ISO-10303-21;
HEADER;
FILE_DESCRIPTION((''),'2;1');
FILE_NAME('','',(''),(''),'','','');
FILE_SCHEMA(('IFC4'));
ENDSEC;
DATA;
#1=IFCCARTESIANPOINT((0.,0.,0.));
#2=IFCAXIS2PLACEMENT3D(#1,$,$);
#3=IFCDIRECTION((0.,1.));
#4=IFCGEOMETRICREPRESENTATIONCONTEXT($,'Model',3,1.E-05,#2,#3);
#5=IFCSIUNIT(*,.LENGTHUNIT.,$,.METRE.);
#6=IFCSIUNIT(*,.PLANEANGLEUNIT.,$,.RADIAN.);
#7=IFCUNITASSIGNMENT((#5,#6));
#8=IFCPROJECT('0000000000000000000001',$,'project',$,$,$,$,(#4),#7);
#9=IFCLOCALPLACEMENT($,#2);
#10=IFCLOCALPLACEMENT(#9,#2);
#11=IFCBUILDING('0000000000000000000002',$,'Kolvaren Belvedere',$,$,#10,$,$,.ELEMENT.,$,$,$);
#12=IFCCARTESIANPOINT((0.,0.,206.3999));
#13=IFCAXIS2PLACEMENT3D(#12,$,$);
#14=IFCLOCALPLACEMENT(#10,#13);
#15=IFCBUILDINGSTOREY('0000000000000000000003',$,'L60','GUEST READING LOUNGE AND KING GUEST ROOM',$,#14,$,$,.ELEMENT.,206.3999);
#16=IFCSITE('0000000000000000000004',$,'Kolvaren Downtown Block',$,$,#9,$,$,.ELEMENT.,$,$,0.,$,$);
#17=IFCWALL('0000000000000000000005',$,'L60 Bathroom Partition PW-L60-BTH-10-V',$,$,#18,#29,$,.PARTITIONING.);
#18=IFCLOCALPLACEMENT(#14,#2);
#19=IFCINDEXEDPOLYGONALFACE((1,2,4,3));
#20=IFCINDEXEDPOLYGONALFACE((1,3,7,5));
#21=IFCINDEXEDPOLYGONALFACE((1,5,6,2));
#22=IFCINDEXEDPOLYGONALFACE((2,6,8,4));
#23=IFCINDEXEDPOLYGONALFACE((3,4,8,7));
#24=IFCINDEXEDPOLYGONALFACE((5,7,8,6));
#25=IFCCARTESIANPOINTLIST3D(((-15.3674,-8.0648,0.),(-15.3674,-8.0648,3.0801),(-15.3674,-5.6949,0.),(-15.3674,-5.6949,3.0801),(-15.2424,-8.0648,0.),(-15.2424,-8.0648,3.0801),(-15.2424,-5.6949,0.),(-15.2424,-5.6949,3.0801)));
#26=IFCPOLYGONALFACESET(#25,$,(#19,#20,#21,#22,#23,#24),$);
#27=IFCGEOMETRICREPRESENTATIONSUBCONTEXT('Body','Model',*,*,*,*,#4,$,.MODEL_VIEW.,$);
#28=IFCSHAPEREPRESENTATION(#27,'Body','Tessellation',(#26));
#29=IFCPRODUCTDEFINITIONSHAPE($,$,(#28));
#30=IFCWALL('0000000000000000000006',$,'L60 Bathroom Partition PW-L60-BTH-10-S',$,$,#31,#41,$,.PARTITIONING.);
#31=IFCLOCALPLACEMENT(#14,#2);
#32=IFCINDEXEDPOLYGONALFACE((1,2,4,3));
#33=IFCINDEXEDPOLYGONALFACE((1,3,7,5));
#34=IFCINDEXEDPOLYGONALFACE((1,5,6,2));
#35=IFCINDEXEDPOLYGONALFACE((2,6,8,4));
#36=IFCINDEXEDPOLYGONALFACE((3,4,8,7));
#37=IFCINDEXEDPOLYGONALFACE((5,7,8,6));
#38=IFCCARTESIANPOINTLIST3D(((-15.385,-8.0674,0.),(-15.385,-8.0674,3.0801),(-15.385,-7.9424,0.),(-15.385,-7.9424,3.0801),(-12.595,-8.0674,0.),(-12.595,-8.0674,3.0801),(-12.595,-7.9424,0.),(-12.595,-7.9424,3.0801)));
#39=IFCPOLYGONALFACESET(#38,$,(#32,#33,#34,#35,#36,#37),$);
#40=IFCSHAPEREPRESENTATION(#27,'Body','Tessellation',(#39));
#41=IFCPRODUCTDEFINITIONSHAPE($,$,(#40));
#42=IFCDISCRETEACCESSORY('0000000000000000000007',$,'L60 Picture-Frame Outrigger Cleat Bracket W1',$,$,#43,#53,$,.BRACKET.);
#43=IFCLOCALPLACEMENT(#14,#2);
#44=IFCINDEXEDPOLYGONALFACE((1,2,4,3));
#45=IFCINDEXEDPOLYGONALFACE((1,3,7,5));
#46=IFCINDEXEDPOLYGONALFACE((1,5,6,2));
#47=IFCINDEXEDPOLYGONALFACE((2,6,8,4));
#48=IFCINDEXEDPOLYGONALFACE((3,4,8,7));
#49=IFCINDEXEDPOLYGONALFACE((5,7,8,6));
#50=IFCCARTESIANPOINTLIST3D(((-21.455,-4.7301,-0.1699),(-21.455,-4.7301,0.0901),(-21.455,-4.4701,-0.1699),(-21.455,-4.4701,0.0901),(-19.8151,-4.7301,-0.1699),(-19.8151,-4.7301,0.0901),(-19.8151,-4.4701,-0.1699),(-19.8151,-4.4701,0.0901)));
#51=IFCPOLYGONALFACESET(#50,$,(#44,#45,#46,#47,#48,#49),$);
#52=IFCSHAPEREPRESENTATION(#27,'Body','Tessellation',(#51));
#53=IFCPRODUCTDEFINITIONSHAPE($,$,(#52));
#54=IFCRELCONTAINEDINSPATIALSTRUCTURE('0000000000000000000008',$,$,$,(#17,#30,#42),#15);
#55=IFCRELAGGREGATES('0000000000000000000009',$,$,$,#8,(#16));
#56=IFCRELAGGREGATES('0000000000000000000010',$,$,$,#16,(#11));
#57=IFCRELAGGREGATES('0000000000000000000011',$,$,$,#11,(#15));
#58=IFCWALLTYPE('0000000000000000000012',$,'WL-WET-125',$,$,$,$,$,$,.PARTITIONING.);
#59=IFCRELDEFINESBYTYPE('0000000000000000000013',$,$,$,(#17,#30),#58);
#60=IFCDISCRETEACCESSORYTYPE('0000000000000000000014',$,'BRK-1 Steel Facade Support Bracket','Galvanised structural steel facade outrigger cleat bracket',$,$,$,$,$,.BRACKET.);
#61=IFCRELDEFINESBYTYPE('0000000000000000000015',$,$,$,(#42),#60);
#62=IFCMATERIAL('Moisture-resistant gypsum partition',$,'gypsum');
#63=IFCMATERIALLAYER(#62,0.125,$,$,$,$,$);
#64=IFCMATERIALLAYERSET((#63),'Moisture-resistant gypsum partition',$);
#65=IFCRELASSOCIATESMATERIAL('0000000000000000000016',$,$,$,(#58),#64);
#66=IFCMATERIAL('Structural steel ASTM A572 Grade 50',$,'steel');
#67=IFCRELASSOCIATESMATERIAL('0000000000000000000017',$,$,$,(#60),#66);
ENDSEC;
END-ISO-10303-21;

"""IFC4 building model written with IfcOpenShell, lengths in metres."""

from ifc_helpers import new_model, si_unit, direction, frame, frame_2d, origin, origin_2d, place, context, subcontext, project, spatial, rectangle, extrude, material, layer, layer_set, type_object, element, save


model = new_model("IFC4")

# Units and contexts
model_context = context("Model", 3, precision=1e-05, world=origin(), true_north=direction((0.0, 1.0)))
body_context = subcontext(model_context, "Body", "Model", "MODEL_VIEW")
ifc_project = project(units=[si_unit("LENGTHUNIT", "METRE"), si_unit("PLANEANGLEUNIT", "RADIAN")], contexts=[model_context])

# Site, building, storey
site_placement = place(None, origin())
site = spatial("IfcSite", under=ifc_project, at=site_placement, Name="Kolvaren Downtown Block", CompositionType="ELEMENT", RefElevation=0.0)
building_placement = place(site_placement, origin())
building = spatial("IfcBuilding", under=site, at=building_placement, Name="Kolvaren Belvedere", CompositionType="ELEMENT")
storey_placement = place(building_placement, frame((0.0, 0.0, 206.3999)))
storey = spatial("IfcBuildingStorey", under=building, at=storey_placement, Name="L60", Description="GUEST READING LOUNGE AND KING GUEST ROOM", CompositionType="ELEMENT", Elevation=206.3999)

# Shared definitions
ifc_material_1 = material(Name="Moisture-resistant gypsum partition", Category="gypsum")
ifc_layer_1 = layer(ifc_material_1, 0.125)
ifc_layer_set_1 = layer_set([ifc_layer_1], Name="Moisture-resistant gypsum partition")
wall_type_1 = type_object("IfcWallType", Name="WL-WET-125", PredefinedType="PARTITIONING", material=ifc_layer_set_1)

# Walls
wall_1_placement = place(storey_placement, frame((-15.3049, -8.0649, 0.0), z_axis=(0.0, 0.0, 1.0), x_axis=(0.0, 1.0, 0.0)))
element("IfcWall", 1, at=wall_1_placement, inside=storey, type_object=wall_type_1, Name="L60 Bathroom Partition PW-L60-BTH-10-V", PredefinedType="PARTITIONING", context=body_context, shape_type="SweptSolid", body=[
    extrude(rectangle(XDim=2.3699, YDim=0.125, at=frame_2d((1.1851, 0.0))), origin(), (0.0, 0.0, 1.0), 3.0801),
])
wall_2_placement = place(storey_placement, frame((-15.385, -8.0049, 0.0), z_axis=(0.0, 0.0, 1.0), x_axis=(1.0, 0.0, 0.0)))
element("IfcWall", 2, at=wall_2_placement, inside=storey, type_object=wall_type_1, Name="L60 Bathroom Partition PW-L60-BTH-10-S", PredefinedType="PARTITIONING", context=body_context, shape_type="SweptSolid", body=[
    extrude(rectangle(XDim=2.79, YDim=0.125, at=frame_2d((1.395, 0.0))), origin(), (0.0, 0.0, 1.0), 3.0801),
])

# Discrete accessory
ifc_material_2 = material(Name="Structural steel ASTM A572 Grade 50", Category="steel")
discrete_accessory_type = type_object("IfcDiscreteAccessoryType", Name="BRK-1 Steel Facade Support Bracket", Description="Galvanised structural steel facade outrigger cleat bracket", PredefinedType="BRACKET", material=ifc_material_2)
discrete_accessory_placement = place(storey_placement, frame((-20.635, -4.6001, -0.1699), z_axis=(0.0, 0.0, 1.0), x_axis=(1.0, 0.0, 0.0)))
element("IfcDiscreteAccessory", 3, at=discrete_accessory_placement, inside=storey, type_object=discrete_accessory_type, Name="L60 Picture-Frame Outrigger Cleat Bracket W1", PredefinedType="BRACKET", context=body_context, shape_type="SweptSolid", body=[
    extrude(rectangle(XDim=1.6399, YDim=0.26, at=origin_2d()), origin(), (0.0, 0.0, 1.0), 0.26),
])

save(model, "model.ifc")
